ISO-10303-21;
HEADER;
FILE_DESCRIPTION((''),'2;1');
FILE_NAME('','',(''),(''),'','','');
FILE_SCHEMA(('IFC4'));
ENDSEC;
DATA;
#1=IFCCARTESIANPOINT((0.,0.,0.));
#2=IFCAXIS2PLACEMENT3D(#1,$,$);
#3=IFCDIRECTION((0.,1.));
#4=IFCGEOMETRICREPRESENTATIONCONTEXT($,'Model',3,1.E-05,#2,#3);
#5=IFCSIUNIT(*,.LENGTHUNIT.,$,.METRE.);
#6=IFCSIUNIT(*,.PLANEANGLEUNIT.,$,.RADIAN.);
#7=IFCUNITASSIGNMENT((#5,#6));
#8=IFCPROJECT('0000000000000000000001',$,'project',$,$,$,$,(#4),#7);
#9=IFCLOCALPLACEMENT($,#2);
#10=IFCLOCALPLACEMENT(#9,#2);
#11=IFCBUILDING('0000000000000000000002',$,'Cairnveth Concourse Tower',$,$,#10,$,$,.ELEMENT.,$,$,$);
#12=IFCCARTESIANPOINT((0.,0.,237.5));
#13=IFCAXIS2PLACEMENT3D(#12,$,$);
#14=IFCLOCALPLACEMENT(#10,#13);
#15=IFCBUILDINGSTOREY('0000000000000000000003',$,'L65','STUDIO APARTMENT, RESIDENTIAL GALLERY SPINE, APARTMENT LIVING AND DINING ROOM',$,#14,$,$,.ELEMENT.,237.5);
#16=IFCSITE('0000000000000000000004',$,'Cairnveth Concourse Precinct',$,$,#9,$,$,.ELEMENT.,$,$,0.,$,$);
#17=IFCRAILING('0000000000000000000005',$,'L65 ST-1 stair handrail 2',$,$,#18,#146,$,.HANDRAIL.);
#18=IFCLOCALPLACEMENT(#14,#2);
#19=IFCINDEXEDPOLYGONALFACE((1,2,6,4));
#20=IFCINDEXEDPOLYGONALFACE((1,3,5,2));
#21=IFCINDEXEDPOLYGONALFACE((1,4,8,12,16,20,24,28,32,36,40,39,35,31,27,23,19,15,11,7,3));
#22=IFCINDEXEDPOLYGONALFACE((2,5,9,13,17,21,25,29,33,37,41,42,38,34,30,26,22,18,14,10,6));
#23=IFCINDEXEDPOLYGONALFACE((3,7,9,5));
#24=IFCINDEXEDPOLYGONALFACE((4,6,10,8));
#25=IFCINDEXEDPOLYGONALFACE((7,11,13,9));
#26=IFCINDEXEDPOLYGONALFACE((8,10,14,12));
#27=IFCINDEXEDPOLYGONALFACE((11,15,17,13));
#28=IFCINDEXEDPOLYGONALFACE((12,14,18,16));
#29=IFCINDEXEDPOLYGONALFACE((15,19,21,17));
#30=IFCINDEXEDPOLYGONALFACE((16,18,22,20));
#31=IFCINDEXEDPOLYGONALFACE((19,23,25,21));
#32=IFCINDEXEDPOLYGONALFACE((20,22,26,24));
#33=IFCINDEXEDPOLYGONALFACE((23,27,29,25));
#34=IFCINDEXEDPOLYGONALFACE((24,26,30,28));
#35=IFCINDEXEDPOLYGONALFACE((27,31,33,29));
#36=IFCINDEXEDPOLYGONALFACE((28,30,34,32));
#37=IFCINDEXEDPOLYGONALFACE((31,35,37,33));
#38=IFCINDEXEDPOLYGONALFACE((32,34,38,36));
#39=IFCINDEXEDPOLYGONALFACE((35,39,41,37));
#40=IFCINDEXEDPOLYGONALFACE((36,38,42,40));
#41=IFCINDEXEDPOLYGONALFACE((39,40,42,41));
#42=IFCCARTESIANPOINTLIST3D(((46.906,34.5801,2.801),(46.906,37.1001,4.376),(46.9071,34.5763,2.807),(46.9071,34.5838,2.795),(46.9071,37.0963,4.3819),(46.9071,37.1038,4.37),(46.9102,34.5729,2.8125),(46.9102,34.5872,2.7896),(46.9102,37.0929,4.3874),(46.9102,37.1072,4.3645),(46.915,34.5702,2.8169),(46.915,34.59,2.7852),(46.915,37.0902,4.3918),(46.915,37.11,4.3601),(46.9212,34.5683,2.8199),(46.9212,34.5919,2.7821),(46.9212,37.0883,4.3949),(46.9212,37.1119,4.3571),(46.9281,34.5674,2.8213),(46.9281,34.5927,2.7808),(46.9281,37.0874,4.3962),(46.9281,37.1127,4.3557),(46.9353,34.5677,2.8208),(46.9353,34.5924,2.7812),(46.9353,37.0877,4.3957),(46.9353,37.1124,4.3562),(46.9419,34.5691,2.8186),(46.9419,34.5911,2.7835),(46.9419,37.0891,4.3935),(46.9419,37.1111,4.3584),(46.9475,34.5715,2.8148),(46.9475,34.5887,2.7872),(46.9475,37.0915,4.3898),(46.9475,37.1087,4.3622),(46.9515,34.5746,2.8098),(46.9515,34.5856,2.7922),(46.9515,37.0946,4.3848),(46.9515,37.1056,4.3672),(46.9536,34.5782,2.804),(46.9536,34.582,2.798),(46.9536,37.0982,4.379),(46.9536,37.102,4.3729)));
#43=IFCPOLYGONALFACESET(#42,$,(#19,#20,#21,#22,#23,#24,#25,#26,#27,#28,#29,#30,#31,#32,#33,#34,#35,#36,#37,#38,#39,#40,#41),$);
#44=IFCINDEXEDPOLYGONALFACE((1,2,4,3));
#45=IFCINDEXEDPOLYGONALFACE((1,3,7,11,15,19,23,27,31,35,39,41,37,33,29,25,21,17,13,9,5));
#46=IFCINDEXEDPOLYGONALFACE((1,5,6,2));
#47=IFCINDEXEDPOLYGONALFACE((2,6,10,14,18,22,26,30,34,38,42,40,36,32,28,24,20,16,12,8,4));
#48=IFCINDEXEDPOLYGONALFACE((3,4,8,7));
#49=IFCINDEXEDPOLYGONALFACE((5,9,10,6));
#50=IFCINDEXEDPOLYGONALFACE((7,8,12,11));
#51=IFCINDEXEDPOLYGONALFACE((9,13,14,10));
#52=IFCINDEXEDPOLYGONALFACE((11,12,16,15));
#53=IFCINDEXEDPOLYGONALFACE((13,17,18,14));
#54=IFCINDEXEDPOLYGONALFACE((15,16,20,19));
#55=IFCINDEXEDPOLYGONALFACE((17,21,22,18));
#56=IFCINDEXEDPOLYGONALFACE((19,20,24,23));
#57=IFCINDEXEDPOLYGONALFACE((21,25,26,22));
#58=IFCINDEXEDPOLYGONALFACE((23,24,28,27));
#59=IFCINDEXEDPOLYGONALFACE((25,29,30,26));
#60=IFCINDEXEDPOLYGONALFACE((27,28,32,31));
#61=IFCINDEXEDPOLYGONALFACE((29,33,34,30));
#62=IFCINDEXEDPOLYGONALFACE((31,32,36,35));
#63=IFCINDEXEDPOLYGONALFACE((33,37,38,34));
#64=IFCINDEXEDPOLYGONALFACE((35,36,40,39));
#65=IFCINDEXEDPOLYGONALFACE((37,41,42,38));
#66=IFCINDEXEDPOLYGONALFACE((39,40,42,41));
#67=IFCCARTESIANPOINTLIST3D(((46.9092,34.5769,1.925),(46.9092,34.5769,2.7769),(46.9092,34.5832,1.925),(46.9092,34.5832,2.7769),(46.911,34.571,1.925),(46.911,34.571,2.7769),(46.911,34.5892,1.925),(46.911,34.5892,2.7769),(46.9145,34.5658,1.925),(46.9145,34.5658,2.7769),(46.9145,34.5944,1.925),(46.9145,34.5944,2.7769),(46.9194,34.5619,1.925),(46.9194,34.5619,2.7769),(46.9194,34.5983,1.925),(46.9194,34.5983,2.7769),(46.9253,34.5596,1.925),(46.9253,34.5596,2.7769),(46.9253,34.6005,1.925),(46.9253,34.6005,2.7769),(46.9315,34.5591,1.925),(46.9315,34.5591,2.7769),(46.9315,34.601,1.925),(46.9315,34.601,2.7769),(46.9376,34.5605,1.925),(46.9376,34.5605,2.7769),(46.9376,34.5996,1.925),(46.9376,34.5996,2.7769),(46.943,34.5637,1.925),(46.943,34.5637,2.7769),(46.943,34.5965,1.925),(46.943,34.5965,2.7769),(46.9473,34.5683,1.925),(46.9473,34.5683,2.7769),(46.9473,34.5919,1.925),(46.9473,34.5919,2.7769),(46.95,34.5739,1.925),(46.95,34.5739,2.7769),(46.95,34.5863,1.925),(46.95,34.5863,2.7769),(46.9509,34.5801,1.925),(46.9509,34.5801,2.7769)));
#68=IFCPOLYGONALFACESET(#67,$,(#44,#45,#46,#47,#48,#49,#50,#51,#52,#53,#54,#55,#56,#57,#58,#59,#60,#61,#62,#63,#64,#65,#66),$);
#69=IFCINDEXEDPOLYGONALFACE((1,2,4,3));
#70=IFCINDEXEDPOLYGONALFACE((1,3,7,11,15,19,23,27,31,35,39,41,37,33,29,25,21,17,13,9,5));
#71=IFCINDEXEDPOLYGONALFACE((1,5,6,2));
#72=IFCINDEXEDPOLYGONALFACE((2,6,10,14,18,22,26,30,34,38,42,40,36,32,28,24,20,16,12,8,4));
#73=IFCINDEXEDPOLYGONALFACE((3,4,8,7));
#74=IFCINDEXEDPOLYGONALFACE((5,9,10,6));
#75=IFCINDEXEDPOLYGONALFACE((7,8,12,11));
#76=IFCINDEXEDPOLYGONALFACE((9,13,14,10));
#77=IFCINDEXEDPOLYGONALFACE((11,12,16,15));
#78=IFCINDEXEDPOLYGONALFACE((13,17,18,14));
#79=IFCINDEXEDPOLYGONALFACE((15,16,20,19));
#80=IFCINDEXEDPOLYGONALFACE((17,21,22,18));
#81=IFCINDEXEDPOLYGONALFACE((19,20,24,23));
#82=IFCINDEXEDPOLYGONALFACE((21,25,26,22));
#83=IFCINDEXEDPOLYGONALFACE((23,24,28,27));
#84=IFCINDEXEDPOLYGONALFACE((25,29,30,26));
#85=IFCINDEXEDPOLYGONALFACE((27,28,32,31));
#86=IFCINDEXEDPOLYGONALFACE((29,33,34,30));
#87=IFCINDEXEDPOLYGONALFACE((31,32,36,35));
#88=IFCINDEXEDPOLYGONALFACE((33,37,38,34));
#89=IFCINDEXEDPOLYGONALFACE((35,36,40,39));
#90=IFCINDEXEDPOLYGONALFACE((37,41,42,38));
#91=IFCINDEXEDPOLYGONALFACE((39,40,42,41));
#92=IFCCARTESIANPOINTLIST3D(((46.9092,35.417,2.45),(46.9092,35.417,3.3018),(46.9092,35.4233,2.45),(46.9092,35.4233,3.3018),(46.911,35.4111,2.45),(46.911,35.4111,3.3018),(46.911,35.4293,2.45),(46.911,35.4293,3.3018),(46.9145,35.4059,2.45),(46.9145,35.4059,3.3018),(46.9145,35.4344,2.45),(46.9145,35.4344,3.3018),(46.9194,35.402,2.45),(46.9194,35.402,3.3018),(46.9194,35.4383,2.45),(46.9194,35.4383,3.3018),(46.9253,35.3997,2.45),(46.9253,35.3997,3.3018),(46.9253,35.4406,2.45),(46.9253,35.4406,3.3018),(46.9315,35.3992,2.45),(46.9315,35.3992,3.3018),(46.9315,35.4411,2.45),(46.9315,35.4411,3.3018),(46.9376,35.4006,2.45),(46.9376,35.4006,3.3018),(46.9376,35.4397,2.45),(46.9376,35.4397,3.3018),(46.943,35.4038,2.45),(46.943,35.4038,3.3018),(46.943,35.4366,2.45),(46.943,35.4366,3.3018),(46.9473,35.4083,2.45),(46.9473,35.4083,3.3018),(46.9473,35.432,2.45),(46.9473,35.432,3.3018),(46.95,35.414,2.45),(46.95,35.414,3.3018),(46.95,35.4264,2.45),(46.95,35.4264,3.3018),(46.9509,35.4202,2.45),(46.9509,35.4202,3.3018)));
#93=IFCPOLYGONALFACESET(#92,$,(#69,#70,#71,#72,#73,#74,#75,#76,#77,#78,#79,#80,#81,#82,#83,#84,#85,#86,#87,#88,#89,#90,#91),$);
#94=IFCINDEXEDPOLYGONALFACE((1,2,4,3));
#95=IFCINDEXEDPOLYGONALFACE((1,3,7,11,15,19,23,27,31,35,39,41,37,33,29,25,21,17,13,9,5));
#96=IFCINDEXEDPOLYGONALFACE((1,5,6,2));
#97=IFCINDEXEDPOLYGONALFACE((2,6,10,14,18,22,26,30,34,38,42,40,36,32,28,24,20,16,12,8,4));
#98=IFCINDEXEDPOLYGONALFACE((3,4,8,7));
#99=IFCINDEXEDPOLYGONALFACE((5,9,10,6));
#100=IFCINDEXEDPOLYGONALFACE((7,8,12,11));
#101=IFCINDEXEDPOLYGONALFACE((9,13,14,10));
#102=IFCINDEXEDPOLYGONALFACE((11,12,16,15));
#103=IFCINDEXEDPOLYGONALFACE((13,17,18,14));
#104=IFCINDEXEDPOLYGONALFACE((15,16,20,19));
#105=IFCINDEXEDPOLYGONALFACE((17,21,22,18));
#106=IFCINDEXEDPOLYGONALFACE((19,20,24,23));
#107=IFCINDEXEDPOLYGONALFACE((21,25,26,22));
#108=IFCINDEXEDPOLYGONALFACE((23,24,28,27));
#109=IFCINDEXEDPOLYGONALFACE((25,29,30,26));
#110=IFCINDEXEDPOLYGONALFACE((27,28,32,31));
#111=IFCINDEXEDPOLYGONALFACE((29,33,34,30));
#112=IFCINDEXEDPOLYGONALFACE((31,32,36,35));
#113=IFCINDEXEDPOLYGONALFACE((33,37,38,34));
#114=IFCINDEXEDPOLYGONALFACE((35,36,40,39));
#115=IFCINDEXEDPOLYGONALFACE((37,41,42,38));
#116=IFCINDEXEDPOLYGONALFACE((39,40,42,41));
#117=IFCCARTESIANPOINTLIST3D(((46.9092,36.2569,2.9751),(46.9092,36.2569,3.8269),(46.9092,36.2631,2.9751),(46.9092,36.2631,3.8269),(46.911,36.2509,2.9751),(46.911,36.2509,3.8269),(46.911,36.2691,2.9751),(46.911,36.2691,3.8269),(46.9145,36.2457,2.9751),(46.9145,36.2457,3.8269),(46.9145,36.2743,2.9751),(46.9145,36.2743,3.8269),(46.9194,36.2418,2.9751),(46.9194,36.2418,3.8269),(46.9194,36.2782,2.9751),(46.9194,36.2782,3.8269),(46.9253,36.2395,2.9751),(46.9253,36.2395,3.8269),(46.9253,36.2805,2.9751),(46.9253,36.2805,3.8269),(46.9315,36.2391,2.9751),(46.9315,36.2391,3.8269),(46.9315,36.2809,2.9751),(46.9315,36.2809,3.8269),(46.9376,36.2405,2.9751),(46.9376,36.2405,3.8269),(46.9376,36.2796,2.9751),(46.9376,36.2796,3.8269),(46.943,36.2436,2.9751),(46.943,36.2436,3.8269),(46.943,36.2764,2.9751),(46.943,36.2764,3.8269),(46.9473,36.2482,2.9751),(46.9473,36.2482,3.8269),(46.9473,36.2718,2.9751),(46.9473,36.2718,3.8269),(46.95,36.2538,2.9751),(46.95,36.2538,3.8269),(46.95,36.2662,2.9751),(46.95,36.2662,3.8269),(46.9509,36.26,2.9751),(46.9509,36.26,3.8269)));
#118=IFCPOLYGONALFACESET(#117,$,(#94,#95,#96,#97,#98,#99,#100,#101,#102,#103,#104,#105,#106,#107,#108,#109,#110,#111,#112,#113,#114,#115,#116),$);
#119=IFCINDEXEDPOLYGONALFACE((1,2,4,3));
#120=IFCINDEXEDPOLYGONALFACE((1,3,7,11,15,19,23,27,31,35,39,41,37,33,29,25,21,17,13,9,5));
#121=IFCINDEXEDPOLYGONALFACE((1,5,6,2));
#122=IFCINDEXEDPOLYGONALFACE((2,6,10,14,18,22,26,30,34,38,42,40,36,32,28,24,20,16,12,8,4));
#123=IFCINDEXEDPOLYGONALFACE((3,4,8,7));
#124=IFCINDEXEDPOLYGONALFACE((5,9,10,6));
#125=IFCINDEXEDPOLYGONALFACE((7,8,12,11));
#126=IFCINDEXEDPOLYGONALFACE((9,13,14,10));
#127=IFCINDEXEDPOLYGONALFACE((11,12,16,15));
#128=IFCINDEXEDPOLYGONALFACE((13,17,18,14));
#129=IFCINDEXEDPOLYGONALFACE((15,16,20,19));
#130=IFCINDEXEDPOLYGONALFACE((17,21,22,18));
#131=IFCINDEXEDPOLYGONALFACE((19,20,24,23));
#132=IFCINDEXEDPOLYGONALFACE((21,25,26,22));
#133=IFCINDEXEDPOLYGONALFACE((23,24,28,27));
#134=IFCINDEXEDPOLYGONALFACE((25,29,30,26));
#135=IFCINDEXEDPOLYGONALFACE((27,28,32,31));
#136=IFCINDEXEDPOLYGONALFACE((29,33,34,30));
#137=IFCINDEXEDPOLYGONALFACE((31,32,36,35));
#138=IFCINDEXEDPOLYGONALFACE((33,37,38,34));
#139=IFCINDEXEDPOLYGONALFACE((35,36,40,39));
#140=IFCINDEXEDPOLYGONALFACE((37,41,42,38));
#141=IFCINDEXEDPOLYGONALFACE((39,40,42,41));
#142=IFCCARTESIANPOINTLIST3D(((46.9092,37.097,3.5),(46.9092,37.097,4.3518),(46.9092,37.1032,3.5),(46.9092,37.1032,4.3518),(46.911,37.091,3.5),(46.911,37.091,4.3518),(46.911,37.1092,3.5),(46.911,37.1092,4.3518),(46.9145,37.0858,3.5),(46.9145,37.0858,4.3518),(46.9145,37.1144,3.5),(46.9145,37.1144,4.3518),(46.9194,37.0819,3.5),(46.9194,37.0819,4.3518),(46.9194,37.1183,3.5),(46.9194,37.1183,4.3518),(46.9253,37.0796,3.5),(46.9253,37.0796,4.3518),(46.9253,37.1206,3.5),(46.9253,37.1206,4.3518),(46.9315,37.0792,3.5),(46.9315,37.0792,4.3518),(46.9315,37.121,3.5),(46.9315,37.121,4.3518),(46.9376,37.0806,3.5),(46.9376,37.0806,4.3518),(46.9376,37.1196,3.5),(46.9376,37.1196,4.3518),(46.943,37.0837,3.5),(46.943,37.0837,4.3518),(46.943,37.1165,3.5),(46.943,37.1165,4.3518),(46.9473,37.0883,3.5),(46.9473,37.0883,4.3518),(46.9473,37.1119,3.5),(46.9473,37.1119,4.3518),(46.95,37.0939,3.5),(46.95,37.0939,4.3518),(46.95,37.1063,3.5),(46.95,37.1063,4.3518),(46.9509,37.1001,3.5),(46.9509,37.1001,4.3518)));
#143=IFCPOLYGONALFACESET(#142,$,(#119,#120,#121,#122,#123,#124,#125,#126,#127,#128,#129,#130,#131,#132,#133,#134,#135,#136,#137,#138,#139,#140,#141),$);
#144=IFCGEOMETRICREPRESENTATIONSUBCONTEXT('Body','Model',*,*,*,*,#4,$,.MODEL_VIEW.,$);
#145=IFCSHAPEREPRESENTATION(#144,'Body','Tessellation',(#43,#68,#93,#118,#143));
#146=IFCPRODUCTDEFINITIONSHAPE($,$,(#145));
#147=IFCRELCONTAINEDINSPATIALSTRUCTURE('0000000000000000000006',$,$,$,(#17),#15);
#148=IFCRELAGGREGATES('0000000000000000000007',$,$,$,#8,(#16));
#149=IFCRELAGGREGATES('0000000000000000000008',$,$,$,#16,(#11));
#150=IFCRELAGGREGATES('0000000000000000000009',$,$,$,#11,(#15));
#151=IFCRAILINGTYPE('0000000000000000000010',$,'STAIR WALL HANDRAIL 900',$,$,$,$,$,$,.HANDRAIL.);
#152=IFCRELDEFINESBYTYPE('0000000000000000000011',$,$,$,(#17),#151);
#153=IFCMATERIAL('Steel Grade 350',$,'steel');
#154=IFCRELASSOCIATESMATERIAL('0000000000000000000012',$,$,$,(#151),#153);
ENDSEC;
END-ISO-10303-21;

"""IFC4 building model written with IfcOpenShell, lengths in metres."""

from ifc_helpers import new_model, si_unit, direction, frame, origin, origin_2d, place, context, subcontext, project, spatial, circle, extrude, material, type_object, element, save


model = new_model("IFC4")

# Units and contexts
model_context = context("Model", 3, precision=1e-05, world=origin(), true_north=direction((0.0, 1.0)))
body_context = subcontext(model_context, "Body", "Model", "MODEL_VIEW")
ifc_project = project(units=[si_unit("LENGTHUNIT", "METRE"), si_unit("PLANEANGLEUNIT", "RADIAN")], contexts=[model_context])

# Site, building, storey
site_placement = place(None, origin())
site = spatial("IfcSite", under=ifc_project, at=site_placement, Name="Cairnveth Concourse Precinct", CompositionType="ELEMENT", RefElevation=0.0)
building_placement = place(site_placement, origin())
building = spatial("IfcBuilding", under=site, at=building_placement, Name="Cairnveth Concourse Tower", CompositionType="ELEMENT")
storey_placement = place(building_placement, frame((0.0, 0.0, 237.5)))
storey = spatial("IfcBuildingStorey", under=building, at=storey_placement, Name="L65", Description="STUDIO APARTMENT, RESIDENTIAL GALLERY SPINE, APARTMENT LIVING AND DINING ROOM", CompositionType="ELEMENT", Elevation=237.5)

# Railing
ifc_material_1 = material(Name="Steel Grade 350", Category="steel")
railing_type_1 = type_object("IfcRailingType", Name="STAIR WALL HANDRAIL 900", PredefinedType="HANDRAIL", material=ifc_material_1)
railing_1_placement = place(storey_placement, frame((46.9299, 34.5801, 1.925)))
element("IfcRailing", 1, at=railing_1_placement, inside=storey, type_object=railing_type_1, Name="L65 ST-1 stair handrail 2", PredefinedType="HANDRAIL", context=body_context, shape_type="SweptSolid", body=[
    extrude(circle(Radius=0.0239, at=origin_2d()), frame((0.0, 0.0, 0.876), z_axis=(0.0, 0.848008, 0.529984), x_axis=(-1.0, 0.0, 0.0)), (0.0, 0.0, 1.0), 2.9717),
    extrude(circle(Radius=0.021, at=origin_2d()), origin(), (0.0, 0.0, 1.0), 0.8518),
    extrude(circle(Radius=0.021, at=origin_2d()), frame((0.0, 0.8401, 0.5249)), (0.0, 0.0, 1.0), 0.8518),
    extrude(circle(Radius=0.021, at=origin_2d()), frame((0.0, 1.6799, 1.05)), (0.0, 0.0, 1.0), 0.8518),
    extrude(circle(Radius=0.021, at=origin_2d()), frame((0.0, 2.52, 1.575)), (0.0, 0.0, 1.0), 0.8518),
])

save(model, "model.ifc")
